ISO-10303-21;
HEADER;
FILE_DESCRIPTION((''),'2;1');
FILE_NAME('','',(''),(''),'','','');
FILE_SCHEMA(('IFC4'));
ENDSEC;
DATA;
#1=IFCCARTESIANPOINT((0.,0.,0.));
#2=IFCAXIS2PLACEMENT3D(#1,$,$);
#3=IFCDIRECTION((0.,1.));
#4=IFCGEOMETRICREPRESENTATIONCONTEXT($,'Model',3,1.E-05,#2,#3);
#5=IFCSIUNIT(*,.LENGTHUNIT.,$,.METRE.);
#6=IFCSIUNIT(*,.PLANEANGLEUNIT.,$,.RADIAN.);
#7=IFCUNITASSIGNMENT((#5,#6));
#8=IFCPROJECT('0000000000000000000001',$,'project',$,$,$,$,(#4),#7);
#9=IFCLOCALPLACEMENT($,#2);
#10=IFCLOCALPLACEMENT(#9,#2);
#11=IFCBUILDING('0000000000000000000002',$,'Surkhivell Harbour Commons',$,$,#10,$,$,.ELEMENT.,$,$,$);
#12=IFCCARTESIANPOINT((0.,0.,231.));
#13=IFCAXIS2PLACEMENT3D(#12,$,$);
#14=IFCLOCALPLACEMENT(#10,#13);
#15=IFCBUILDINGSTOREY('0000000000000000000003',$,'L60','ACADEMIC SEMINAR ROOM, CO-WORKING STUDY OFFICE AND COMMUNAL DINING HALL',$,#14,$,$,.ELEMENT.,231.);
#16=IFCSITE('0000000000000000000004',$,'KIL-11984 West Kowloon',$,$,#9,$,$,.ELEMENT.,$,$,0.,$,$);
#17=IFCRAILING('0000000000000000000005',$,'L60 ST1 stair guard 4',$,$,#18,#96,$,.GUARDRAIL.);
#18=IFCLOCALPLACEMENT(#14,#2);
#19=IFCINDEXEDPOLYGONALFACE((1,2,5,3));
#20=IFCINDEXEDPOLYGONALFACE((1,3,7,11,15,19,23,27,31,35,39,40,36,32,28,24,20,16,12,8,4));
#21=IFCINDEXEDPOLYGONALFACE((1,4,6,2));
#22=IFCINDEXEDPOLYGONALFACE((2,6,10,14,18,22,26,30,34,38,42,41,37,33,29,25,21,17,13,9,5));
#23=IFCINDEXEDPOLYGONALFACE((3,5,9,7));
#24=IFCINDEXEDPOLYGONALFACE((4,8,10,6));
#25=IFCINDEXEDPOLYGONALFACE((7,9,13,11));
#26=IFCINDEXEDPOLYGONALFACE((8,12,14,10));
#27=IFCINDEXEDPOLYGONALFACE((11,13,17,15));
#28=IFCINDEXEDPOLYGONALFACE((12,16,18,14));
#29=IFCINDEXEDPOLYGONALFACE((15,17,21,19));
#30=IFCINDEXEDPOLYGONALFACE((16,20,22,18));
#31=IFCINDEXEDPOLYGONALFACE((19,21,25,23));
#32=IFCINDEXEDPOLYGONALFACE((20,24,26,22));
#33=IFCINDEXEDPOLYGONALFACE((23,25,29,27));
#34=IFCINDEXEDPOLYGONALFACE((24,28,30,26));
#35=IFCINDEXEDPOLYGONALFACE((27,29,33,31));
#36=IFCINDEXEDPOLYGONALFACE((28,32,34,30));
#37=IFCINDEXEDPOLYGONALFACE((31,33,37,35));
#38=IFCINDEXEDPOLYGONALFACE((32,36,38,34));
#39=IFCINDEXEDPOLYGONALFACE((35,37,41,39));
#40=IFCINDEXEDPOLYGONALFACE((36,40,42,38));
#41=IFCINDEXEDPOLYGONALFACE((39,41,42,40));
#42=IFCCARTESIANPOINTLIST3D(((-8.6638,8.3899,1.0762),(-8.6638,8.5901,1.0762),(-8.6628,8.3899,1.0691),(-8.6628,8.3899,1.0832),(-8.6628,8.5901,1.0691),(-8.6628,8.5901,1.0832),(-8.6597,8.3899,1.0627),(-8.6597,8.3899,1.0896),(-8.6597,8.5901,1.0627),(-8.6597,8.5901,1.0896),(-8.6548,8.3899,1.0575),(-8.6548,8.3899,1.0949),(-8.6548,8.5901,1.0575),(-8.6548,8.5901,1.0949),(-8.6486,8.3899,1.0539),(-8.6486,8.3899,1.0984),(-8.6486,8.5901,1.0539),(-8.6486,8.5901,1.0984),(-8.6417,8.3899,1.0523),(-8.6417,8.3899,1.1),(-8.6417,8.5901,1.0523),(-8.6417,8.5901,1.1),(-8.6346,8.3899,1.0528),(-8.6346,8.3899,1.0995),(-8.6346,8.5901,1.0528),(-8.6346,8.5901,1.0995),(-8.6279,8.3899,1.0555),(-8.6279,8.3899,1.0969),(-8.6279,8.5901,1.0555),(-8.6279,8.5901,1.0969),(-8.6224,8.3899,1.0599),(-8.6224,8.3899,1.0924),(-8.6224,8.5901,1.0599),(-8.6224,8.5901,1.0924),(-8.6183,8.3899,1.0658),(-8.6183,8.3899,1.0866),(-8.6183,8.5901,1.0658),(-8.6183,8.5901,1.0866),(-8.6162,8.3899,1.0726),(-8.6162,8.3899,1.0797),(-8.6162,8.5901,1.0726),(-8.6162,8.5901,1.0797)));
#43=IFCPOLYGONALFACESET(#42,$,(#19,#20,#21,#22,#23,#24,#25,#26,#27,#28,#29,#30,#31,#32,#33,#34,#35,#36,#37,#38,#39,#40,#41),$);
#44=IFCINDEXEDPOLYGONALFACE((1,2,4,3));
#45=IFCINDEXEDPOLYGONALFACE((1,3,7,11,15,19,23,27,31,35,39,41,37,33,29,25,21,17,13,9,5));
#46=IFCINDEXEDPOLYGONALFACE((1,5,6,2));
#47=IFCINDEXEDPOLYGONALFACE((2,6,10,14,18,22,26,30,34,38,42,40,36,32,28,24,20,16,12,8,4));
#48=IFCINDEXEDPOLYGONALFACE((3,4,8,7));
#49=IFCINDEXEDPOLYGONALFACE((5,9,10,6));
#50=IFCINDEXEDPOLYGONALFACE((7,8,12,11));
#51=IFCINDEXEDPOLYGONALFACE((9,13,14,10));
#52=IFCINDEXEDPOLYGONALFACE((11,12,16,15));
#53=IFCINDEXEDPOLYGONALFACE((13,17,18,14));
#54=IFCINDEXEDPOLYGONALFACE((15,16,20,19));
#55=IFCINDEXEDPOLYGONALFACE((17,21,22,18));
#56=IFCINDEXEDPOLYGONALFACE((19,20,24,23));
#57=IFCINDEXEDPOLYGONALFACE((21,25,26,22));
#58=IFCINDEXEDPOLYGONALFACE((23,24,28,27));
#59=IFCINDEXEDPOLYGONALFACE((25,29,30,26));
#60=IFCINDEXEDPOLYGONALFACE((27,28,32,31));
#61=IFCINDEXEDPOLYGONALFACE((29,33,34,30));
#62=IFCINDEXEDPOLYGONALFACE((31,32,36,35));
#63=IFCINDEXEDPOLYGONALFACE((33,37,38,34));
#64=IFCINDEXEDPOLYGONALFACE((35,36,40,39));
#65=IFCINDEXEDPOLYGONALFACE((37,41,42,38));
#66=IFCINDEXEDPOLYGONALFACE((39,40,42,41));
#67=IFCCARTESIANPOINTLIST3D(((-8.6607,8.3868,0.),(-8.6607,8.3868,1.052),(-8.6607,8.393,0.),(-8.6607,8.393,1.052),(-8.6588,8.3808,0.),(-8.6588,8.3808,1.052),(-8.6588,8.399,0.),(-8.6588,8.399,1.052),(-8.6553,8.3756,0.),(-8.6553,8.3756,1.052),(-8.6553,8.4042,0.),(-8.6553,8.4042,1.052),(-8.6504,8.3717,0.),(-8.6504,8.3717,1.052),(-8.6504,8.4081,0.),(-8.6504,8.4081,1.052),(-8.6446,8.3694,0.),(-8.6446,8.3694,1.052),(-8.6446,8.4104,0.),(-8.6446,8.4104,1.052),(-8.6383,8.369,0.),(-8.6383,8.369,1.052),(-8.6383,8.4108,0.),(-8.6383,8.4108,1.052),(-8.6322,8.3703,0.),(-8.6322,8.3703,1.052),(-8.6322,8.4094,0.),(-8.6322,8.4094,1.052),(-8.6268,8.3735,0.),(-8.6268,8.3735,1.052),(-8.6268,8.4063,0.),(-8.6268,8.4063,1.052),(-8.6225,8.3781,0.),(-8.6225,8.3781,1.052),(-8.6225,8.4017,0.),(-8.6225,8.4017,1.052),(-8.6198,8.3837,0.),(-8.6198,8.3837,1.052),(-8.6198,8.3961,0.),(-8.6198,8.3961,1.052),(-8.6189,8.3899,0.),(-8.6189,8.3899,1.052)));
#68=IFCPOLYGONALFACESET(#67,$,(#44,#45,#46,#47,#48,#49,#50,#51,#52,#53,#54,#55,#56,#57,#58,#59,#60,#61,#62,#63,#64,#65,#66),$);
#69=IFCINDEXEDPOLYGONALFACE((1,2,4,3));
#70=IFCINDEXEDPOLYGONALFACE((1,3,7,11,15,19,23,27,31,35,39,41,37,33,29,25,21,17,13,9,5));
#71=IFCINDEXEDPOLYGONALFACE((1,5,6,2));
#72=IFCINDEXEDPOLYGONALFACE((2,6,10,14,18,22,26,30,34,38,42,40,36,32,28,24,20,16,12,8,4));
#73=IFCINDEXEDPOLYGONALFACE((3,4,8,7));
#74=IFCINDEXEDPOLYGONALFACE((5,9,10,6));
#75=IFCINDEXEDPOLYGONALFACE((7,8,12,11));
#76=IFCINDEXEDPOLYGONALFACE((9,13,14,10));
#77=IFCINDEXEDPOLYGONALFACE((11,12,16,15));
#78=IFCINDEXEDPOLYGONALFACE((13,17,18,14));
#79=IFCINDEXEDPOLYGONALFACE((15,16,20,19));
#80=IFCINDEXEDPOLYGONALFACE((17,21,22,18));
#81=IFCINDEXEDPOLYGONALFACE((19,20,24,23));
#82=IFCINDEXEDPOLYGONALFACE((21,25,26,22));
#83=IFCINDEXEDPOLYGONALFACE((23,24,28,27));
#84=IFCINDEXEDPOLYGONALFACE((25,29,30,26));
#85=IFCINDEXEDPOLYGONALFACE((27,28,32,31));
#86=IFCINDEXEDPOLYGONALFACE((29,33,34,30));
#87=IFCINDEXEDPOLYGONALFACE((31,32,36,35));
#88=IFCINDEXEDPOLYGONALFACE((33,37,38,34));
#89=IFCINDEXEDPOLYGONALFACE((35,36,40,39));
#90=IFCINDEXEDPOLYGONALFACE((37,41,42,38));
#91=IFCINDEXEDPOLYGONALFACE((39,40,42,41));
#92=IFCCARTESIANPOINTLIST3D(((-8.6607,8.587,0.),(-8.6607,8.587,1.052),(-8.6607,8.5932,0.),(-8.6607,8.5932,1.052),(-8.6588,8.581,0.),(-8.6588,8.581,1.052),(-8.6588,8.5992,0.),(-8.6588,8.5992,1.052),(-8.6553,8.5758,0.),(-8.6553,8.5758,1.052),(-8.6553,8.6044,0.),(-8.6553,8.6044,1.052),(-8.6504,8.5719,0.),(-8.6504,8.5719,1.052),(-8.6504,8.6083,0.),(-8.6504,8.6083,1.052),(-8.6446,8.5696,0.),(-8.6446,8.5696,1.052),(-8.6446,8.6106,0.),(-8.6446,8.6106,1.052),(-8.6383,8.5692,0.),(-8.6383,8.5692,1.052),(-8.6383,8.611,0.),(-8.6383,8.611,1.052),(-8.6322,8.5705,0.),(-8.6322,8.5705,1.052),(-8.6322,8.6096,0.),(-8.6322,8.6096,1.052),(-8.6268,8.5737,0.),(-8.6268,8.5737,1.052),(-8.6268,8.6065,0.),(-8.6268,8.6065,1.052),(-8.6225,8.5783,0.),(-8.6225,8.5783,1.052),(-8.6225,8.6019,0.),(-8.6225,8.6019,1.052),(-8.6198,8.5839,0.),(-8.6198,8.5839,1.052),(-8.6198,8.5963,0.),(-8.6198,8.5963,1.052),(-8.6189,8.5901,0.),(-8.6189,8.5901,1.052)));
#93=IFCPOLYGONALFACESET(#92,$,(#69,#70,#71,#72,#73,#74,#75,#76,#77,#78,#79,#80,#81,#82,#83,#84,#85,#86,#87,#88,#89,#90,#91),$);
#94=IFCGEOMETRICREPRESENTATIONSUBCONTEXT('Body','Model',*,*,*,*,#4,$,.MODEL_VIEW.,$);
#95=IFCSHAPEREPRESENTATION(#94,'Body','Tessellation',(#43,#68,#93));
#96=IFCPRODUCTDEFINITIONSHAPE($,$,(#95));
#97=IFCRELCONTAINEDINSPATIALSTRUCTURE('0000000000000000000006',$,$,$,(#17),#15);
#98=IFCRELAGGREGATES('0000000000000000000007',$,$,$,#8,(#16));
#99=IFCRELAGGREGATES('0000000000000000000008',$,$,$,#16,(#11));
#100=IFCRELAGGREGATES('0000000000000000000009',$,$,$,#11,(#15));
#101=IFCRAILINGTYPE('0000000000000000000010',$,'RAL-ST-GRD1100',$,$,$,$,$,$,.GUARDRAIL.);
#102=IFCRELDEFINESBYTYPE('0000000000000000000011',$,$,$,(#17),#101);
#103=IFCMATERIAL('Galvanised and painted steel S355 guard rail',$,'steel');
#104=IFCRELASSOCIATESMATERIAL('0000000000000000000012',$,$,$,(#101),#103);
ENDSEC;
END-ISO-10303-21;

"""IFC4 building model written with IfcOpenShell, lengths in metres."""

from ifc_helpers import new_model, si_unit, direction, frame, origin, origin_2d, place, context, subcontext, project, spatial, circle, extrude, material, type_object, element, save


model = new_model("IFC4")

# Units and contexts
model_context = context("Model", 3, precision=1e-05, world=origin(), true_north=direction((0.0, 1.0)))
body_context = subcontext(model_context, "Body", "Model", "MODEL_VIEW")
ifc_project = project(units=[si_unit("LENGTHUNIT", "METRE"), si_unit("PLANEANGLEUNIT", "RADIAN")], contexts=[model_context])

# Site, building, storey
site_placement = place(None, origin())
site = spatial("IfcSite", under=ifc_project, at=site_placement, Name="KIL-11984 West Kowloon", CompositionType="ELEMENT", RefElevation=0.0)
building_placement = place(site_placement, origin())
building = spatial("IfcBuilding", under=site, at=building_placement, Name="Surkhivell Harbour Commons", CompositionType="ELEMENT")
storey_placement = place(building_placement, frame((0.0, 0.0, 231.0)))
storey = spatial("IfcBuildingStorey", under=building, at=storey_placement, Name="L60", Description="ACADEMIC SEMINAR ROOM, CO-WORKING STUDY OFFICE AND COMMUNAL DINING HALL", CompositionType="ELEMENT", Elevation=231.0)

# Railing
ifc_material_1 = material(Name="Galvanised and painted steel S355 guard rail", Category="steel")
railing_type_1 = type_object("IfcRailingType", Name="RAL-ST-GRD1100", PredefinedType="GUARDRAIL", material=ifc_material_1)
railing_1_placement = place(storey_placement, frame((-8.6399, 8.3899, 0.0)))
element("IfcRailing", 1, at=railing_1_placement, inside=storey, type_object=railing_type_1, Name="L60 ST1 stair guard 4", PredefinedType="GUARDRAIL", context=body_context, shape_type="SweptSolid", body=[
    extrude(circle(Radius=0.0239, at=origin_2d()), frame((0.0, 0.0, 1.0762), z_axis=(0.0, 1.0, 0.0), x_axis=(-1.0, 0.0, 0.0)), (0.0, 0.0, 1.0), 0.2002),
    extrude(circle(Radius=0.021, at=origin_2d()), origin(), (0.0, 0.0, 1.0), 1.052),
    extrude(circle(Radius=0.021, at=origin_2d()), frame((0.0, 0.2002, 0.0)), (0.0, 0.0, 1.0), 1.052),
])

save(model, "model.ifc")
